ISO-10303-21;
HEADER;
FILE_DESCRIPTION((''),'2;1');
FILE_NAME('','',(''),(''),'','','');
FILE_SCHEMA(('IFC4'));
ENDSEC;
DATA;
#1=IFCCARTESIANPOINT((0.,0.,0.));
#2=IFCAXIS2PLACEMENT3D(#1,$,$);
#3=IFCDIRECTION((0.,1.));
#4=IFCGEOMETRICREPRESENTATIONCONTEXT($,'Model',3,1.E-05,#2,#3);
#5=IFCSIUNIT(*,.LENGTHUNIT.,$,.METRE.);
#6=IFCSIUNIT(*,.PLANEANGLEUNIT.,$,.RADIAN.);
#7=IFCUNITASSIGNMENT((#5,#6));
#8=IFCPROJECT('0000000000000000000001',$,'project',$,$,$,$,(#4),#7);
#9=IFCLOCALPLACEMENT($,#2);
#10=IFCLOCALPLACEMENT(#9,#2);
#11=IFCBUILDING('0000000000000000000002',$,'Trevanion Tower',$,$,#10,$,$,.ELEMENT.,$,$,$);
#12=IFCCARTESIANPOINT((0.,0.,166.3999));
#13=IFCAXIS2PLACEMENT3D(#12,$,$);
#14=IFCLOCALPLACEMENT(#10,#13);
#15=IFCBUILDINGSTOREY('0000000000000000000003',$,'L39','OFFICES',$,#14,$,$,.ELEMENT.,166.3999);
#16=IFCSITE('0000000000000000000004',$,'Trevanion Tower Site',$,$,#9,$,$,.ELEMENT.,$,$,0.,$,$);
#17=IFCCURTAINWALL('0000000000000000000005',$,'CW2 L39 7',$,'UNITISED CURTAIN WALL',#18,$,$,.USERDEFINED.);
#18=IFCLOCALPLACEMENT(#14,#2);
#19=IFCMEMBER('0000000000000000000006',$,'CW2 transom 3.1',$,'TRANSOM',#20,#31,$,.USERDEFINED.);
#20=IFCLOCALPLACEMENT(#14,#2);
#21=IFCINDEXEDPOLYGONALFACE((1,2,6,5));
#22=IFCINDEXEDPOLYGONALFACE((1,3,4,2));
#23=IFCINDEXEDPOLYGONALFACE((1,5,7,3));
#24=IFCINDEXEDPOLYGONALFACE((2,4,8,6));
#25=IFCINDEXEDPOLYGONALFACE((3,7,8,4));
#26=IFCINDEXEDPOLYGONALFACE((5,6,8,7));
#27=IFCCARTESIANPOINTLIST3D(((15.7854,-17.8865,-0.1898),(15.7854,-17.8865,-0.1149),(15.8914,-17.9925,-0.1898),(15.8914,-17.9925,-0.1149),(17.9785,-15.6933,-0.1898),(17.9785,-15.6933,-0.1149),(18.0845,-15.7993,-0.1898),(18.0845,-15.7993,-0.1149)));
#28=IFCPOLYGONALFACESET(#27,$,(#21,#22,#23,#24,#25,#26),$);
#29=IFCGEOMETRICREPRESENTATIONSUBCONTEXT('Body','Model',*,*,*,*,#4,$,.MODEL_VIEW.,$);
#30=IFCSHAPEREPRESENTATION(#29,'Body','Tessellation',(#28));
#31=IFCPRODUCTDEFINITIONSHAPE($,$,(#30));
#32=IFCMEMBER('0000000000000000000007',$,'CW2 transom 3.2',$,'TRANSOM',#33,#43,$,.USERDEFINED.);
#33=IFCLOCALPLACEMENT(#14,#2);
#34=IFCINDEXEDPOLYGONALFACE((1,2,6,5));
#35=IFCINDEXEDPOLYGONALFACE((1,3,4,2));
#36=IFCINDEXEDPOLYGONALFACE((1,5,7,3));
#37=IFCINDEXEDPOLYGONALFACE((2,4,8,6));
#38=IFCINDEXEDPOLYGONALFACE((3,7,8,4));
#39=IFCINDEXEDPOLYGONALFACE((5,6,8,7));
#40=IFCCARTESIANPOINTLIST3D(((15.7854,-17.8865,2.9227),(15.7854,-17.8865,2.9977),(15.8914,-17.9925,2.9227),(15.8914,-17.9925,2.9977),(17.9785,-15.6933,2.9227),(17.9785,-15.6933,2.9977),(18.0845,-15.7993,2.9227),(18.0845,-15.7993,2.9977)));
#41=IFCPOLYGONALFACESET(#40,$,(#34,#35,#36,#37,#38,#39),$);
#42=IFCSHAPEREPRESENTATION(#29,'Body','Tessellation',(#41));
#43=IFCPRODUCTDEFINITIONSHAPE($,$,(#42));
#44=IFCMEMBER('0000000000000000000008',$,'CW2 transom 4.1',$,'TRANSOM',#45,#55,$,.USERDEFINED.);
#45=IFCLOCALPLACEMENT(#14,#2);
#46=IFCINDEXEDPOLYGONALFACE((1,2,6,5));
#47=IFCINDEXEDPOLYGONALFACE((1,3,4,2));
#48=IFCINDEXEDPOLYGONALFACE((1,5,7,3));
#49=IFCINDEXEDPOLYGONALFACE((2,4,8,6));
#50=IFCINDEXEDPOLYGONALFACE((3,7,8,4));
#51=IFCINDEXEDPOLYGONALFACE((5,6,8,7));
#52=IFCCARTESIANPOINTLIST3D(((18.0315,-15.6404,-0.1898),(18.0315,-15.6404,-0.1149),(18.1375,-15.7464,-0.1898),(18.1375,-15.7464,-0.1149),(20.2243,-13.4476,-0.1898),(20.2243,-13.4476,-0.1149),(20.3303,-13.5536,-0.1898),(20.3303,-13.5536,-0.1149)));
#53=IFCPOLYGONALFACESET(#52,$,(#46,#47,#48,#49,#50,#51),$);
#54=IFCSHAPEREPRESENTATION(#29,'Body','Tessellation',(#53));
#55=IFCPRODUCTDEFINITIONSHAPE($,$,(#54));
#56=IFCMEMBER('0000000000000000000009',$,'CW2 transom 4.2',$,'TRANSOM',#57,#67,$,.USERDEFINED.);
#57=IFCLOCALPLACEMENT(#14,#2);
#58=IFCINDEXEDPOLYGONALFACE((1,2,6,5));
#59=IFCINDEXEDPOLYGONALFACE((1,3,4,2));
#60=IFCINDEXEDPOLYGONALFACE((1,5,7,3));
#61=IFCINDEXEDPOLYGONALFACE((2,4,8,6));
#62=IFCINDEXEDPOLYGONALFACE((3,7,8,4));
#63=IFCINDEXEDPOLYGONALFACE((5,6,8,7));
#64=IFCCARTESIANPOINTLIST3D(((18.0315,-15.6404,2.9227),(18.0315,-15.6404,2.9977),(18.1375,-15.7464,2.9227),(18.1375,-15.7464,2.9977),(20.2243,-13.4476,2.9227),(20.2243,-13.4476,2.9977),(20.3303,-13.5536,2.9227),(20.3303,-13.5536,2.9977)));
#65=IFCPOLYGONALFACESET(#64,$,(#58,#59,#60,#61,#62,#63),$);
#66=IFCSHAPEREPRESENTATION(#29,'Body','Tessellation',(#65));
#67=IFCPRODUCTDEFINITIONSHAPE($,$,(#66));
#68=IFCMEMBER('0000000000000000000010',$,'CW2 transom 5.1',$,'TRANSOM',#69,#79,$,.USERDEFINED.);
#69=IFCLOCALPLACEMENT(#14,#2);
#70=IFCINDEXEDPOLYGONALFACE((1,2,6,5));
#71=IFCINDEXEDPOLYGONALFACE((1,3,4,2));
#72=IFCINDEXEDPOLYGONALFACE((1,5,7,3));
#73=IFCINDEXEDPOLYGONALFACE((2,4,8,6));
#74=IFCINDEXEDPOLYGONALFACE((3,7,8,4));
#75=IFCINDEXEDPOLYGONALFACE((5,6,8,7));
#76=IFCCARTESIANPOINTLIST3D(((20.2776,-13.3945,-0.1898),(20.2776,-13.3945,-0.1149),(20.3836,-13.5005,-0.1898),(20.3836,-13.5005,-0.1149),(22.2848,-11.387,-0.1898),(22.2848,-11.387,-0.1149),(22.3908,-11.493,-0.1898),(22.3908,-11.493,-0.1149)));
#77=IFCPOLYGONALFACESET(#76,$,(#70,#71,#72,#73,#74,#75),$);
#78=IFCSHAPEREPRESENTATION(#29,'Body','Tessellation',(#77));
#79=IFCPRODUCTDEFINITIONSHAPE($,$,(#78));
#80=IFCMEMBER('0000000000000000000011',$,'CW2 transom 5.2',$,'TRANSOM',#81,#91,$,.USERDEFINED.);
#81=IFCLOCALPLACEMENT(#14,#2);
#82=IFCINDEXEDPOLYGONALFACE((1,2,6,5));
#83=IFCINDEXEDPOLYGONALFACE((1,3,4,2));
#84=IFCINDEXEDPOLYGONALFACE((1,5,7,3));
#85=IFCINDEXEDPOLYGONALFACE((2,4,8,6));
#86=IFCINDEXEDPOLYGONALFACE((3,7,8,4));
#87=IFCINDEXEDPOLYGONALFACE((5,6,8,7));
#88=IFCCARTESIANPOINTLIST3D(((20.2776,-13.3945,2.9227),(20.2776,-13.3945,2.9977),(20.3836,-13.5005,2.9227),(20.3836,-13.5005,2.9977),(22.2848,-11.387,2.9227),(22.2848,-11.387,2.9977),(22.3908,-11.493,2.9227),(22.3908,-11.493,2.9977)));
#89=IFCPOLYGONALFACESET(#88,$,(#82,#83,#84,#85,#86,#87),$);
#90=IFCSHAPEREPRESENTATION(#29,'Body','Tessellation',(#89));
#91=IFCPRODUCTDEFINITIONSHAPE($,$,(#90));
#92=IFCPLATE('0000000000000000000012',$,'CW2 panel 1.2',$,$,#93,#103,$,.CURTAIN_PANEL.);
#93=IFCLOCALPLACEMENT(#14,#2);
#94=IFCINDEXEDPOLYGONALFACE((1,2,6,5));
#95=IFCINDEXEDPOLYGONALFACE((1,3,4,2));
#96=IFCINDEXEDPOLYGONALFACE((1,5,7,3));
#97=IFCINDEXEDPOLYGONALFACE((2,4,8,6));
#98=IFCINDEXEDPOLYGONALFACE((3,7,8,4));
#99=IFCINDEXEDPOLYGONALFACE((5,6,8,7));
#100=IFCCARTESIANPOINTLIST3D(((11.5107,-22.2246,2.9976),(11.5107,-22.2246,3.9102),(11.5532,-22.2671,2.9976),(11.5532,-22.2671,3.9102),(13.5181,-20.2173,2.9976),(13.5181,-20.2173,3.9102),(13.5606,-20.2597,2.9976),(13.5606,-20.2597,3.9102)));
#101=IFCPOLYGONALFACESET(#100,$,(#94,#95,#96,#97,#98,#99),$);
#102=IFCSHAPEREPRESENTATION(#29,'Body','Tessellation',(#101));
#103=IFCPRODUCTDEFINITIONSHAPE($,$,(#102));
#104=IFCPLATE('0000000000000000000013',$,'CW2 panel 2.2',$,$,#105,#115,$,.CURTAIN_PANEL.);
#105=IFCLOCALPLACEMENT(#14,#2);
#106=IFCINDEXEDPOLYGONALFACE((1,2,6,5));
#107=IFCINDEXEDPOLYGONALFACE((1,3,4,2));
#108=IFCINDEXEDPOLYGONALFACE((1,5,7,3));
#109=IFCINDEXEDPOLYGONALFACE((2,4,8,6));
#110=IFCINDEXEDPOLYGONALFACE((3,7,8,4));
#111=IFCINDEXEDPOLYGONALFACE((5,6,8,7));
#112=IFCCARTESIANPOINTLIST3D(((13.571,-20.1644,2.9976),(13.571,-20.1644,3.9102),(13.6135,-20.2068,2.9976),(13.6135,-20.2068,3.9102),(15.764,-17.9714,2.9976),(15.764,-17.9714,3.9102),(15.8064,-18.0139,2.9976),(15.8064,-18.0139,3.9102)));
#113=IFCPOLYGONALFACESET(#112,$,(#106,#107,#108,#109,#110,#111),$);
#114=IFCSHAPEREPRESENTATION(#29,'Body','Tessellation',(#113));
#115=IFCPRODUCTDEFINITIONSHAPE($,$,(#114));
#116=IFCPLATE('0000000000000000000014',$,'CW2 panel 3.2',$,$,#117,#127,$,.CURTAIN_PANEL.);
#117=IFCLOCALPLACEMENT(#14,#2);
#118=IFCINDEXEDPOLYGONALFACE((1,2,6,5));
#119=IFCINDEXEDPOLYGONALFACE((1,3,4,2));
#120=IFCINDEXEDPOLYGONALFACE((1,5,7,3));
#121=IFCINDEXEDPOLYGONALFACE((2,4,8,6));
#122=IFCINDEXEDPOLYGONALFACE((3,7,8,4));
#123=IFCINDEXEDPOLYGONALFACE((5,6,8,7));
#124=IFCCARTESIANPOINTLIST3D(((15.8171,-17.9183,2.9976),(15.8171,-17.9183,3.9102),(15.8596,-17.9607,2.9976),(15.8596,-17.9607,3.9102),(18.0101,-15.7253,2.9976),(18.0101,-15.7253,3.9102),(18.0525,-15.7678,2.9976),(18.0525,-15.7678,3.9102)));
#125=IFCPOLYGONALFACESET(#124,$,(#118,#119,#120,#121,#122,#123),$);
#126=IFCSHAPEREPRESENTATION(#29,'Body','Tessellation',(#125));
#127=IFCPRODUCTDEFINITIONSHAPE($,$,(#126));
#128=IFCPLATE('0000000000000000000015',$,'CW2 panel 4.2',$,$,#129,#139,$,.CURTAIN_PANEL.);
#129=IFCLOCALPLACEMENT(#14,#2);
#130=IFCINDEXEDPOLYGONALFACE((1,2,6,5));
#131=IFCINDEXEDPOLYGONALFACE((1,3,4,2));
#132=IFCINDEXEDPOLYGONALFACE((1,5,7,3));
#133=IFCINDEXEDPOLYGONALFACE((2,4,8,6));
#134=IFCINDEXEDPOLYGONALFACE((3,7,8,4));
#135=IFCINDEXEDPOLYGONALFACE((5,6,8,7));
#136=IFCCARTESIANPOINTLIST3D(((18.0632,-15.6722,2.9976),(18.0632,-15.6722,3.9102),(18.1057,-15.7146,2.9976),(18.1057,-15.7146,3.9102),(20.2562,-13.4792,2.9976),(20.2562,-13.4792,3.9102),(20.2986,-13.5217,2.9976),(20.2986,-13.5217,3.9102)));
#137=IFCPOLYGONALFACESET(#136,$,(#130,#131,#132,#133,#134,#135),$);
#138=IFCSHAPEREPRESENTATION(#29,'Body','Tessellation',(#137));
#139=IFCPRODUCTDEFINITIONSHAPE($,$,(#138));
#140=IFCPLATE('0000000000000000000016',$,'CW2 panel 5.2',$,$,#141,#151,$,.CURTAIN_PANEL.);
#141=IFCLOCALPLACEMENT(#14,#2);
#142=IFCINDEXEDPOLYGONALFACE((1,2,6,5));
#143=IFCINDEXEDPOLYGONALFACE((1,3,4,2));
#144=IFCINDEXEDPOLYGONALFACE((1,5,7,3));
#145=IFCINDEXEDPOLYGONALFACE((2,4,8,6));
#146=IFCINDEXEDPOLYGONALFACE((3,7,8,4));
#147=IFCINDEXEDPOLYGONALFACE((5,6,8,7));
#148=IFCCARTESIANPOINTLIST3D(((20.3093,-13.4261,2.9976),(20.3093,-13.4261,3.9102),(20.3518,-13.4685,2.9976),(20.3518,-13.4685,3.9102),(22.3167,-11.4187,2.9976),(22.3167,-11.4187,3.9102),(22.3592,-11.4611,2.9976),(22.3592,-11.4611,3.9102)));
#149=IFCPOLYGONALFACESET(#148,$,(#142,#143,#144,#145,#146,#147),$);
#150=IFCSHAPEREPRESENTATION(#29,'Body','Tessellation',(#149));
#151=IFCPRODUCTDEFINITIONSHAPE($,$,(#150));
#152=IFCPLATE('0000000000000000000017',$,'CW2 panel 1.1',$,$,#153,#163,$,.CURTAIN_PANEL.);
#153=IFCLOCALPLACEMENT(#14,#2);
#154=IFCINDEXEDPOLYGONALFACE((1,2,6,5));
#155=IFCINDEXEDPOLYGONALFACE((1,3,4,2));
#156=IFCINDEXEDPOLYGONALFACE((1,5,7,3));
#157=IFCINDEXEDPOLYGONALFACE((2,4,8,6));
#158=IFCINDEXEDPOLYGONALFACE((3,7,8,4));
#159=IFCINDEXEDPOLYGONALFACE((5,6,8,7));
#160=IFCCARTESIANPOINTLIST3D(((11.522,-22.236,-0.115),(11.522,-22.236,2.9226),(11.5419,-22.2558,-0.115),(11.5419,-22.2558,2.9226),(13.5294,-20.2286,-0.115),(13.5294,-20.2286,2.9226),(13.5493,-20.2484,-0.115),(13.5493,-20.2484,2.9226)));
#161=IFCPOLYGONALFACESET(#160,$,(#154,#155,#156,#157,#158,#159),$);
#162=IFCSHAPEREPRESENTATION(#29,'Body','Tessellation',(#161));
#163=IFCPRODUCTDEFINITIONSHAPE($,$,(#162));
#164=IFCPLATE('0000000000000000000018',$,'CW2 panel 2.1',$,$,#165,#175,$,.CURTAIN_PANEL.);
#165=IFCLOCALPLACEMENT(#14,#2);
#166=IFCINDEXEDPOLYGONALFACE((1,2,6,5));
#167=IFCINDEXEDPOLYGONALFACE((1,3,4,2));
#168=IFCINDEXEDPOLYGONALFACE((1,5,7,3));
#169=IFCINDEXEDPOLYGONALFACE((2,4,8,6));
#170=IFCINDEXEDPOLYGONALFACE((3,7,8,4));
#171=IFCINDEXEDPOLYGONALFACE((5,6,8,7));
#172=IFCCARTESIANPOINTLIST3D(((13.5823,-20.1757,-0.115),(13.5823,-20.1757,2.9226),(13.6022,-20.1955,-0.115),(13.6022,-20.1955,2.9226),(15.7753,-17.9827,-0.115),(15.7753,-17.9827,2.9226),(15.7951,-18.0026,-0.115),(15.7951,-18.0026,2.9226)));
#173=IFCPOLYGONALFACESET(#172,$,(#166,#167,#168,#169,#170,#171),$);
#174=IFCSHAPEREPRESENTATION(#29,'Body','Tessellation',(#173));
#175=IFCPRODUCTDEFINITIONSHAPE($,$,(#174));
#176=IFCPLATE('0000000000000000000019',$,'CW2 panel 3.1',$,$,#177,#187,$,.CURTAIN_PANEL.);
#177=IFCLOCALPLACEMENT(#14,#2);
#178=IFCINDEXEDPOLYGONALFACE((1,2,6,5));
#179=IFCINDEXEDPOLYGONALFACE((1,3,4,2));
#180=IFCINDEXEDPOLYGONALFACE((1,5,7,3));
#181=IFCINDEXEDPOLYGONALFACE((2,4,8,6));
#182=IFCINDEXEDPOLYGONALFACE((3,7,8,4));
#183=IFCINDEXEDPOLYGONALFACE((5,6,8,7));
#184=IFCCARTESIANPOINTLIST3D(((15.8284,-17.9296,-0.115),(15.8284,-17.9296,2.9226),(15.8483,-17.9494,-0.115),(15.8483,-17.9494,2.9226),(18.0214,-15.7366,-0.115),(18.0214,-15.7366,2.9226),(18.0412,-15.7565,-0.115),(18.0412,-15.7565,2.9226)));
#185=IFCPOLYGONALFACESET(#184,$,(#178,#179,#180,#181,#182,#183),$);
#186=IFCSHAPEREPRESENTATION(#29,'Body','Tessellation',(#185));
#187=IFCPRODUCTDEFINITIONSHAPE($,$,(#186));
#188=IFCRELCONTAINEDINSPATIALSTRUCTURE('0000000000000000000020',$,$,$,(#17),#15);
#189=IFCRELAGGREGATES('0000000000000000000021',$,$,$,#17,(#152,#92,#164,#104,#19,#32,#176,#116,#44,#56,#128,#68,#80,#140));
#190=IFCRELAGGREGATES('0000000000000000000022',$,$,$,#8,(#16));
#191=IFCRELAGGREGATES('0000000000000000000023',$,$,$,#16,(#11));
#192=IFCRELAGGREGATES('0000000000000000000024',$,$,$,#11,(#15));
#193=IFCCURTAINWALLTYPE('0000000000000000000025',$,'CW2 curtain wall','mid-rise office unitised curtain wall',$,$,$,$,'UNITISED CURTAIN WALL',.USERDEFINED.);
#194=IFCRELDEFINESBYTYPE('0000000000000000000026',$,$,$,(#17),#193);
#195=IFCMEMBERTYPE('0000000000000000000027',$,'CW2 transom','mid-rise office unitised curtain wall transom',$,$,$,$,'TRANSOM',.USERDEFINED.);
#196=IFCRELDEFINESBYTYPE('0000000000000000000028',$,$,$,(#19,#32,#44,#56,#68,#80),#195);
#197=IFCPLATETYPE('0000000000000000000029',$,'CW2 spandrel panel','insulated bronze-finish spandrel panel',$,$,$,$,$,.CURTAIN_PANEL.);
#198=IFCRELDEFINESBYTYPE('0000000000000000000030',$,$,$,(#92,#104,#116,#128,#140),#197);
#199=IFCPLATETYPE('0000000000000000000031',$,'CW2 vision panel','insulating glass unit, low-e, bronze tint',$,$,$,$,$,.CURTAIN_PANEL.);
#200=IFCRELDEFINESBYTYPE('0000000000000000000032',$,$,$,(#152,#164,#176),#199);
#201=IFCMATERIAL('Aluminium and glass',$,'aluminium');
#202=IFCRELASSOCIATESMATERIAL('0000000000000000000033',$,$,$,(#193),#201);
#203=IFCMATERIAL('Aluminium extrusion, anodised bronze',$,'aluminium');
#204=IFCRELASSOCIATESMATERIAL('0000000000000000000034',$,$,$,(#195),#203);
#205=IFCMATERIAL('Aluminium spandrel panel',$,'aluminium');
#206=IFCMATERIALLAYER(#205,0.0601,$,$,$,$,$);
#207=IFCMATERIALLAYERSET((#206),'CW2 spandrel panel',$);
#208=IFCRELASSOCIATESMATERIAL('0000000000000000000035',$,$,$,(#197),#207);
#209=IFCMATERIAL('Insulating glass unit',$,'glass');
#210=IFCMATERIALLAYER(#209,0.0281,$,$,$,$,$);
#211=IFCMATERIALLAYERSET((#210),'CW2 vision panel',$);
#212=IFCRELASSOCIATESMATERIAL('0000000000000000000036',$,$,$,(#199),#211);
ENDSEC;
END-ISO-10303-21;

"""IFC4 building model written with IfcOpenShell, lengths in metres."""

from ifc_helpers import new_model, si_unit, direction, frame, origin, origin_2d, place, context, subcontext, project, spatial, rectangle, extrude, material, layer, layer_set, material_profile, profile_set, type_object, element, aggregate, save


model = new_model("IFC4")

# Units and contexts
model_context = context("Model", 3, precision=1e-05, world=origin(), true_north=direction((0.0, 1.0)))
body_context = subcontext(model_context, "Body", "Model", "MODEL_VIEW")
ifc_project = project(units=[si_unit("LENGTHUNIT", "METRE"), si_unit("PLANEANGLEUNIT", "RADIAN")], contexts=[model_context])

# Site, building, storey
site_placement = place(None, origin())
site = spatial("IfcSite", under=ifc_project, at=site_placement, Name="Trevanion Tower Site", CompositionType="ELEMENT", RefElevation=0.0)
building_placement = place(site_placement, origin())
building = spatial("IfcBuilding", under=site, at=building_placement, Name="Trevanion Tower", CompositionType="ELEMENT")
storey_placement = place(building_placement, frame((0.0, 0.0, 166.3999)))
storey = spatial("IfcBuildingStorey", under=building, at=storey_placement, Name="L39", Description="OFFICES", CompositionType="ELEMENT", Elevation=166.3999)

# Curtain wall
ifc_material_1 = material(Name="Aluminium and glass", Category="aluminium")
curtain_wall_type = type_object("IfcCurtainWallType", Name="CW2 curtain wall", Description="mid-rise office unitised curtain wall", ElementType="UNITISED CURTAIN WALL", PredefinedType="USERDEFINED", material=ifc_material_1)
curtain_wall_1_placement = place(storey_placement, origin())
curtain_wall_1 = element("IfcCurtainWall", 1, at=curtain_wall_1_placement, inside=storey, type_object=curtain_wall_type, Name="CW2 L39 7", ObjectType="UNITISED CURTAIN WALL", PredefinedType="USERDEFINED")

# Members
ifc_material_2 = material(Name="Aluminium extrusion, anodised bronze", Category="aluminium")
ifc_material_profile_1 = material_profile(ifc_material_2, rectangle(XDim=0.1499, YDim=0.075, at=origin_2d()), Name="CW2 transom")
ifc_profile_set_1 = profile_set([ifc_material_profile_1], Name="Aluminium extrusion, anodised bronze")
member_type_1 = type_object("IfcMemberType", Name="CW2 transom", Description="mid-rise office unitised curtain wall transom", ElementType="TRANSOM", PredefinedType="USERDEFINED", material=ifc_profile_set_1)
member_1_placement = place(storey_placement, frame((15.8384, -17.9395, -0.1523), z_axis=(0.707107, 0.707107, 0.0), x_axis=(-0.707107, 0.707107, 0.0)))
member_1 = element("IfcMember", 2, at=member_1_placement, type_object=member_type_1, Name="CW2 transom 3.1", ObjectType="TRANSOM", PredefinedType="USERDEFINED", context=body_context, shape_type="SweptSolid", body=[
    extrude(rectangle(XDim=0.1499, YDim=0.075, at=origin_2d()), origin(), (0.0, 0.0, 1.0), 3.1016),
])
member_2_placement = place(storey_placement, frame((15.8384, -17.9395, 2.9602), z_axis=(0.707107, 0.707107, 0.0), x_axis=(-0.707107, 0.707107, 0.0)))
member_2 = element("IfcMember", 3, at=member_2_placement, type_object=member_type_1, Name="CW2 transom 3.2", ObjectType="TRANSOM", PredefinedType="USERDEFINED", context=body_context, shape_type="SweptSolid", body=[
    extrude(rectangle(XDim=0.1499, YDim=0.075, at=origin_2d()), origin(), (0.0, 0.0, 1.0), 3.1016),
])
member_3_placement = place(storey_placement, frame((18.0845, -15.6934, -0.1523), z_axis=(0.707107, 0.707107, 0.0), x_axis=(-0.707107, 0.707107, 0.0)))
member_3 = element("IfcMember", 4, at=member_3_placement, type_object=member_type_1, Name="CW2 transom 4.1", ObjectType="TRANSOM", PredefinedType="USERDEFINED", context=body_context, shape_type="SweptSolid", body=[
    extrude(rectangle(XDim=0.1499, YDim=0.075, at=origin_2d()), origin(), (0.0, 0.0, 1.0), 3.1011),
])
member_4_placement = place(storey_placement, frame((18.0845, -15.6934, 2.9602), z_axis=(0.707107, 0.707107, 0.0), x_axis=(-0.707107, 0.707107, 0.0)))
member_4 = element("IfcMember", 5, at=member_4_placement, type_object=member_type_1, Name="CW2 transom 4.2", ObjectType="TRANSOM", PredefinedType="USERDEFINED", context=body_context, shape_type="SweptSolid", body=[
    extrude(rectangle(XDim=0.1499, YDim=0.075, at=origin_2d()), origin(), (0.0, 0.0, 1.0), 3.1011),
])
member_5_placement = place(storey_placement, frame((20.3306, -13.4475, -0.1523), z_axis=(0.707064, 0.70715, 0.0), x_axis=(-0.70715, 0.707064, 0.0)))
member_5 = element("IfcMember", 6, at=member_5_placement, type_object=member_type_1, Name="CW2 transom 5.1", ObjectType="TRANSOM", PredefinedType="USERDEFINED", context=body_context, shape_type="SweptSolid", body=[
    extrude(rectangle(XDim=0.1499, YDim=0.075, at=origin_2d()), origin(), (0.0, 0.0, 1.0), 2.8389),
])
member_6_placement = place(storey_placement, frame((20.3306, -13.4475, 2.9602), z_axis=(0.707064, 0.70715, 0.0), x_axis=(-0.70715, 0.707064, 0.0)))
member_6 = element("IfcMember", 7, at=member_6_placement, type_object=member_type_1, Name="CW2 transom 5.2", ObjectType="TRANSOM", PredefinedType="USERDEFINED", context=body_context, shape_type="SweptSolid", body=[
    extrude(rectangle(XDim=0.1499, YDim=0.075, at=origin_2d()), origin(), (0.0, 0.0, 1.0), 2.8389),
])

# Plates
ifc_material_3 = material(Name="Aluminium spandrel panel", Category="aluminium")
ifc_layer_1 = layer(ifc_material_3, 0.0601)
ifc_layer_set_1 = layer_set([ifc_layer_1], Name="CW2 spandrel panel")
plate_type_1 = type_object("IfcPlateType", Name="CW2 spandrel panel", Description="insulated bronze-finish spandrel panel", PredefinedType="CURTAIN_PANEL", material=ifc_layer_set_1)
plate_1_placement = place(storey_placement, frame((12.5356, -21.2422, 2.9976), z_axis=(0.0, 0.0, 1.0), x_axis=(0.707107, 0.707107, 0.0)))
plate_1 = element("IfcPlate", 8, at=plate_1_placement, type_object=plate_type_1, Name="CW2 panel 1.2", PredefinedType="CURTAIN_PANEL", context=body_context, shape_type="SweptSolid", body=[
    extrude(rectangle(XDim=2.8389, YDim=0.0601, at=origin_2d()), origin(), (0.0, 0.0, 1.0), 0.9126),
])
plate_2_placement = place(storey_placement, frame((14.6887, -19.0891, 2.9976), z_axis=(0.0, 0.0, 1.0), x_axis=(0.707107, 0.707107, 0.0)))
plate_2 = element("IfcPlate", 9, at=plate_2_placement, type_object=plate_type_1, Name="CW2 panel 2.2", PredefinedType="CURTAIN_PANEL", context=body_context, shape_type="SweptSolid", body=[
    extrude(rectangle(XDim=3.1013, YDim=0.0601, at=origin_2d()), origin(), (0.0, 0.0, 1.0), 0.9126),
])
plate_3_placement = place(storey_placement, frame((16.9348, -16.843, 2.9976), z_axis=(0.0, 0.0, 1.0), x_axis=(0.707107, 0.707107, 0.0)))
plate_3 = element("IfcPlate", 10, at=plate_3_placement, type_object=plate_type_1, Name="CW2 panel 3.2", PredefinedType="CURTAIN_PANEL", context=body_context, shape_type="SweptSolid", body=[
    extrude(rectangle(XDim=3.1013, YDim=0.0601, at=origin_2d()), origin(), (0.0, 0.0, 1.0), 0.9126),
])
plate_4_placement = place(storey_placement, frame((19.1809, -14.5969, 2.9976), z_axis=(0.0, 0.0, 1.0), x_axis=(0.707107, 0.707107, 0.0)))
plate_4 = element("IfcPlate", 11, at=plate_4_placement, type_object=plate_type_1, Name="CW2 panel 4.2", PredefinedType="CURTAIN_PANEL", context=body_context, shape_type="SweptSolid", body=[
    extrude(rectangle(XDim=3.1013, YDim=0.0601, at=origin_2d()), origin(), (0.0, 0.0, 1.0), 0.9126),
])
plate_5_placement = place(storey_placement, frame((21.3342, -12.4436, 2.9976), z_axis=(0.0, 0.0, 1.0), x_axis=(0.707107, 0.707107, 0.0)))
plate_5 = element("IfcPlate", 12, at=plate_5_placement, type_object=plate_type_1, Name="CW2 panel 5.2", PredefinedType="CURTAIN_PANEL", context=body_context, shape_type="SweptSolid", body=[
    extrude(rectangle(XDim=2.8389, YDim=0.0601, at=origin_2d()), origin(), (0.0, 0.0, 1.0), 0.9126),
])
ifc_material_4 = material(Name="Insulating glass unit", Category="glass")
ifc_layer_2 = layer(ifc_material_4, 0.0281)
ifc_layer_set_2 = layer_set([ifc_layer_2], Name="CW2 vision panel")
plate_type_2 = type_object("IfcPlateType", Name="CW2 vision panel", Description="insulating glass unit, low-e, bronze tint", PredefinedType="CURTAIN_PANEL", material=ifc_layer_set_2)
plate_6_placement = place(storey_placement, frame((12.5356, -21.2422, -0.115), z_axis=(0.0, 0.0, 1.0), x_axis=(0.707107, 0.707107, 0.0)))
plate_6 = element("IfcPlate", 13, at=plate_6_placement, type_object=plate_type_2, Name="CW2 panel 1.1", PredefinedType="CURTAIN_PANEL", context=body_context, shape_type="SweptSolid", body=[
    extrude(rectangle(XDim=2.8389, YDim=0.0281, at=origin_2d()), origin(), (0.0, 0.0, 1.0), 3.0376),
])
plate_7_placement = place(storey_placement, frame((14.6887, -19.0891, -0.115), z_axis=(0.0, 0.0, 1.0), x_axis=(0.707107, 0.707107, 0.0)))
plate_7 = element("IfcPlate", 14, at=plate_7_placement, type_object=plate_type_2, Name="CW2 panel 2.1", PredefinedType="CURTAIN_PANEL", context=body_context, shape_type="SweptSolid", body=[
    extrude(rectangle(XDim=3.1013, YDim=0.0281, at=origin_2d()), origin(), (0.0, 0.0, 1.0), 3.0376),
])
plate_8_placement = place(storey_placement, frame((16.9348, -16.843, -0.115), z_axis=(0.0, 0.0, 1.0), x_axis=(0.707107, 0.707107, 0.0)))
plate_8 = element("IfcPlate", 15, at=plate_8_placement, type_object=plate_type_2, Name="CW2 panel 3.1", PredefinedType="CURTAIN_PANEL", context=body_context, shape_type="SweptSolid", body=[
    extrude(rectangle(XDim=3.1013, YDim=0.0281, at=origin_2d()), origin(), (0.0, 0.0, 1.0), 3.0376),
])
aggregate(curtain_wall_1, [plate_6, plate_1, plate_7, plate_2, member_1, member_2, plate_8, plate_3, member_3, member_4, plate_4, member_5, member_6, plate_5])

save(model, "model.ifc")
